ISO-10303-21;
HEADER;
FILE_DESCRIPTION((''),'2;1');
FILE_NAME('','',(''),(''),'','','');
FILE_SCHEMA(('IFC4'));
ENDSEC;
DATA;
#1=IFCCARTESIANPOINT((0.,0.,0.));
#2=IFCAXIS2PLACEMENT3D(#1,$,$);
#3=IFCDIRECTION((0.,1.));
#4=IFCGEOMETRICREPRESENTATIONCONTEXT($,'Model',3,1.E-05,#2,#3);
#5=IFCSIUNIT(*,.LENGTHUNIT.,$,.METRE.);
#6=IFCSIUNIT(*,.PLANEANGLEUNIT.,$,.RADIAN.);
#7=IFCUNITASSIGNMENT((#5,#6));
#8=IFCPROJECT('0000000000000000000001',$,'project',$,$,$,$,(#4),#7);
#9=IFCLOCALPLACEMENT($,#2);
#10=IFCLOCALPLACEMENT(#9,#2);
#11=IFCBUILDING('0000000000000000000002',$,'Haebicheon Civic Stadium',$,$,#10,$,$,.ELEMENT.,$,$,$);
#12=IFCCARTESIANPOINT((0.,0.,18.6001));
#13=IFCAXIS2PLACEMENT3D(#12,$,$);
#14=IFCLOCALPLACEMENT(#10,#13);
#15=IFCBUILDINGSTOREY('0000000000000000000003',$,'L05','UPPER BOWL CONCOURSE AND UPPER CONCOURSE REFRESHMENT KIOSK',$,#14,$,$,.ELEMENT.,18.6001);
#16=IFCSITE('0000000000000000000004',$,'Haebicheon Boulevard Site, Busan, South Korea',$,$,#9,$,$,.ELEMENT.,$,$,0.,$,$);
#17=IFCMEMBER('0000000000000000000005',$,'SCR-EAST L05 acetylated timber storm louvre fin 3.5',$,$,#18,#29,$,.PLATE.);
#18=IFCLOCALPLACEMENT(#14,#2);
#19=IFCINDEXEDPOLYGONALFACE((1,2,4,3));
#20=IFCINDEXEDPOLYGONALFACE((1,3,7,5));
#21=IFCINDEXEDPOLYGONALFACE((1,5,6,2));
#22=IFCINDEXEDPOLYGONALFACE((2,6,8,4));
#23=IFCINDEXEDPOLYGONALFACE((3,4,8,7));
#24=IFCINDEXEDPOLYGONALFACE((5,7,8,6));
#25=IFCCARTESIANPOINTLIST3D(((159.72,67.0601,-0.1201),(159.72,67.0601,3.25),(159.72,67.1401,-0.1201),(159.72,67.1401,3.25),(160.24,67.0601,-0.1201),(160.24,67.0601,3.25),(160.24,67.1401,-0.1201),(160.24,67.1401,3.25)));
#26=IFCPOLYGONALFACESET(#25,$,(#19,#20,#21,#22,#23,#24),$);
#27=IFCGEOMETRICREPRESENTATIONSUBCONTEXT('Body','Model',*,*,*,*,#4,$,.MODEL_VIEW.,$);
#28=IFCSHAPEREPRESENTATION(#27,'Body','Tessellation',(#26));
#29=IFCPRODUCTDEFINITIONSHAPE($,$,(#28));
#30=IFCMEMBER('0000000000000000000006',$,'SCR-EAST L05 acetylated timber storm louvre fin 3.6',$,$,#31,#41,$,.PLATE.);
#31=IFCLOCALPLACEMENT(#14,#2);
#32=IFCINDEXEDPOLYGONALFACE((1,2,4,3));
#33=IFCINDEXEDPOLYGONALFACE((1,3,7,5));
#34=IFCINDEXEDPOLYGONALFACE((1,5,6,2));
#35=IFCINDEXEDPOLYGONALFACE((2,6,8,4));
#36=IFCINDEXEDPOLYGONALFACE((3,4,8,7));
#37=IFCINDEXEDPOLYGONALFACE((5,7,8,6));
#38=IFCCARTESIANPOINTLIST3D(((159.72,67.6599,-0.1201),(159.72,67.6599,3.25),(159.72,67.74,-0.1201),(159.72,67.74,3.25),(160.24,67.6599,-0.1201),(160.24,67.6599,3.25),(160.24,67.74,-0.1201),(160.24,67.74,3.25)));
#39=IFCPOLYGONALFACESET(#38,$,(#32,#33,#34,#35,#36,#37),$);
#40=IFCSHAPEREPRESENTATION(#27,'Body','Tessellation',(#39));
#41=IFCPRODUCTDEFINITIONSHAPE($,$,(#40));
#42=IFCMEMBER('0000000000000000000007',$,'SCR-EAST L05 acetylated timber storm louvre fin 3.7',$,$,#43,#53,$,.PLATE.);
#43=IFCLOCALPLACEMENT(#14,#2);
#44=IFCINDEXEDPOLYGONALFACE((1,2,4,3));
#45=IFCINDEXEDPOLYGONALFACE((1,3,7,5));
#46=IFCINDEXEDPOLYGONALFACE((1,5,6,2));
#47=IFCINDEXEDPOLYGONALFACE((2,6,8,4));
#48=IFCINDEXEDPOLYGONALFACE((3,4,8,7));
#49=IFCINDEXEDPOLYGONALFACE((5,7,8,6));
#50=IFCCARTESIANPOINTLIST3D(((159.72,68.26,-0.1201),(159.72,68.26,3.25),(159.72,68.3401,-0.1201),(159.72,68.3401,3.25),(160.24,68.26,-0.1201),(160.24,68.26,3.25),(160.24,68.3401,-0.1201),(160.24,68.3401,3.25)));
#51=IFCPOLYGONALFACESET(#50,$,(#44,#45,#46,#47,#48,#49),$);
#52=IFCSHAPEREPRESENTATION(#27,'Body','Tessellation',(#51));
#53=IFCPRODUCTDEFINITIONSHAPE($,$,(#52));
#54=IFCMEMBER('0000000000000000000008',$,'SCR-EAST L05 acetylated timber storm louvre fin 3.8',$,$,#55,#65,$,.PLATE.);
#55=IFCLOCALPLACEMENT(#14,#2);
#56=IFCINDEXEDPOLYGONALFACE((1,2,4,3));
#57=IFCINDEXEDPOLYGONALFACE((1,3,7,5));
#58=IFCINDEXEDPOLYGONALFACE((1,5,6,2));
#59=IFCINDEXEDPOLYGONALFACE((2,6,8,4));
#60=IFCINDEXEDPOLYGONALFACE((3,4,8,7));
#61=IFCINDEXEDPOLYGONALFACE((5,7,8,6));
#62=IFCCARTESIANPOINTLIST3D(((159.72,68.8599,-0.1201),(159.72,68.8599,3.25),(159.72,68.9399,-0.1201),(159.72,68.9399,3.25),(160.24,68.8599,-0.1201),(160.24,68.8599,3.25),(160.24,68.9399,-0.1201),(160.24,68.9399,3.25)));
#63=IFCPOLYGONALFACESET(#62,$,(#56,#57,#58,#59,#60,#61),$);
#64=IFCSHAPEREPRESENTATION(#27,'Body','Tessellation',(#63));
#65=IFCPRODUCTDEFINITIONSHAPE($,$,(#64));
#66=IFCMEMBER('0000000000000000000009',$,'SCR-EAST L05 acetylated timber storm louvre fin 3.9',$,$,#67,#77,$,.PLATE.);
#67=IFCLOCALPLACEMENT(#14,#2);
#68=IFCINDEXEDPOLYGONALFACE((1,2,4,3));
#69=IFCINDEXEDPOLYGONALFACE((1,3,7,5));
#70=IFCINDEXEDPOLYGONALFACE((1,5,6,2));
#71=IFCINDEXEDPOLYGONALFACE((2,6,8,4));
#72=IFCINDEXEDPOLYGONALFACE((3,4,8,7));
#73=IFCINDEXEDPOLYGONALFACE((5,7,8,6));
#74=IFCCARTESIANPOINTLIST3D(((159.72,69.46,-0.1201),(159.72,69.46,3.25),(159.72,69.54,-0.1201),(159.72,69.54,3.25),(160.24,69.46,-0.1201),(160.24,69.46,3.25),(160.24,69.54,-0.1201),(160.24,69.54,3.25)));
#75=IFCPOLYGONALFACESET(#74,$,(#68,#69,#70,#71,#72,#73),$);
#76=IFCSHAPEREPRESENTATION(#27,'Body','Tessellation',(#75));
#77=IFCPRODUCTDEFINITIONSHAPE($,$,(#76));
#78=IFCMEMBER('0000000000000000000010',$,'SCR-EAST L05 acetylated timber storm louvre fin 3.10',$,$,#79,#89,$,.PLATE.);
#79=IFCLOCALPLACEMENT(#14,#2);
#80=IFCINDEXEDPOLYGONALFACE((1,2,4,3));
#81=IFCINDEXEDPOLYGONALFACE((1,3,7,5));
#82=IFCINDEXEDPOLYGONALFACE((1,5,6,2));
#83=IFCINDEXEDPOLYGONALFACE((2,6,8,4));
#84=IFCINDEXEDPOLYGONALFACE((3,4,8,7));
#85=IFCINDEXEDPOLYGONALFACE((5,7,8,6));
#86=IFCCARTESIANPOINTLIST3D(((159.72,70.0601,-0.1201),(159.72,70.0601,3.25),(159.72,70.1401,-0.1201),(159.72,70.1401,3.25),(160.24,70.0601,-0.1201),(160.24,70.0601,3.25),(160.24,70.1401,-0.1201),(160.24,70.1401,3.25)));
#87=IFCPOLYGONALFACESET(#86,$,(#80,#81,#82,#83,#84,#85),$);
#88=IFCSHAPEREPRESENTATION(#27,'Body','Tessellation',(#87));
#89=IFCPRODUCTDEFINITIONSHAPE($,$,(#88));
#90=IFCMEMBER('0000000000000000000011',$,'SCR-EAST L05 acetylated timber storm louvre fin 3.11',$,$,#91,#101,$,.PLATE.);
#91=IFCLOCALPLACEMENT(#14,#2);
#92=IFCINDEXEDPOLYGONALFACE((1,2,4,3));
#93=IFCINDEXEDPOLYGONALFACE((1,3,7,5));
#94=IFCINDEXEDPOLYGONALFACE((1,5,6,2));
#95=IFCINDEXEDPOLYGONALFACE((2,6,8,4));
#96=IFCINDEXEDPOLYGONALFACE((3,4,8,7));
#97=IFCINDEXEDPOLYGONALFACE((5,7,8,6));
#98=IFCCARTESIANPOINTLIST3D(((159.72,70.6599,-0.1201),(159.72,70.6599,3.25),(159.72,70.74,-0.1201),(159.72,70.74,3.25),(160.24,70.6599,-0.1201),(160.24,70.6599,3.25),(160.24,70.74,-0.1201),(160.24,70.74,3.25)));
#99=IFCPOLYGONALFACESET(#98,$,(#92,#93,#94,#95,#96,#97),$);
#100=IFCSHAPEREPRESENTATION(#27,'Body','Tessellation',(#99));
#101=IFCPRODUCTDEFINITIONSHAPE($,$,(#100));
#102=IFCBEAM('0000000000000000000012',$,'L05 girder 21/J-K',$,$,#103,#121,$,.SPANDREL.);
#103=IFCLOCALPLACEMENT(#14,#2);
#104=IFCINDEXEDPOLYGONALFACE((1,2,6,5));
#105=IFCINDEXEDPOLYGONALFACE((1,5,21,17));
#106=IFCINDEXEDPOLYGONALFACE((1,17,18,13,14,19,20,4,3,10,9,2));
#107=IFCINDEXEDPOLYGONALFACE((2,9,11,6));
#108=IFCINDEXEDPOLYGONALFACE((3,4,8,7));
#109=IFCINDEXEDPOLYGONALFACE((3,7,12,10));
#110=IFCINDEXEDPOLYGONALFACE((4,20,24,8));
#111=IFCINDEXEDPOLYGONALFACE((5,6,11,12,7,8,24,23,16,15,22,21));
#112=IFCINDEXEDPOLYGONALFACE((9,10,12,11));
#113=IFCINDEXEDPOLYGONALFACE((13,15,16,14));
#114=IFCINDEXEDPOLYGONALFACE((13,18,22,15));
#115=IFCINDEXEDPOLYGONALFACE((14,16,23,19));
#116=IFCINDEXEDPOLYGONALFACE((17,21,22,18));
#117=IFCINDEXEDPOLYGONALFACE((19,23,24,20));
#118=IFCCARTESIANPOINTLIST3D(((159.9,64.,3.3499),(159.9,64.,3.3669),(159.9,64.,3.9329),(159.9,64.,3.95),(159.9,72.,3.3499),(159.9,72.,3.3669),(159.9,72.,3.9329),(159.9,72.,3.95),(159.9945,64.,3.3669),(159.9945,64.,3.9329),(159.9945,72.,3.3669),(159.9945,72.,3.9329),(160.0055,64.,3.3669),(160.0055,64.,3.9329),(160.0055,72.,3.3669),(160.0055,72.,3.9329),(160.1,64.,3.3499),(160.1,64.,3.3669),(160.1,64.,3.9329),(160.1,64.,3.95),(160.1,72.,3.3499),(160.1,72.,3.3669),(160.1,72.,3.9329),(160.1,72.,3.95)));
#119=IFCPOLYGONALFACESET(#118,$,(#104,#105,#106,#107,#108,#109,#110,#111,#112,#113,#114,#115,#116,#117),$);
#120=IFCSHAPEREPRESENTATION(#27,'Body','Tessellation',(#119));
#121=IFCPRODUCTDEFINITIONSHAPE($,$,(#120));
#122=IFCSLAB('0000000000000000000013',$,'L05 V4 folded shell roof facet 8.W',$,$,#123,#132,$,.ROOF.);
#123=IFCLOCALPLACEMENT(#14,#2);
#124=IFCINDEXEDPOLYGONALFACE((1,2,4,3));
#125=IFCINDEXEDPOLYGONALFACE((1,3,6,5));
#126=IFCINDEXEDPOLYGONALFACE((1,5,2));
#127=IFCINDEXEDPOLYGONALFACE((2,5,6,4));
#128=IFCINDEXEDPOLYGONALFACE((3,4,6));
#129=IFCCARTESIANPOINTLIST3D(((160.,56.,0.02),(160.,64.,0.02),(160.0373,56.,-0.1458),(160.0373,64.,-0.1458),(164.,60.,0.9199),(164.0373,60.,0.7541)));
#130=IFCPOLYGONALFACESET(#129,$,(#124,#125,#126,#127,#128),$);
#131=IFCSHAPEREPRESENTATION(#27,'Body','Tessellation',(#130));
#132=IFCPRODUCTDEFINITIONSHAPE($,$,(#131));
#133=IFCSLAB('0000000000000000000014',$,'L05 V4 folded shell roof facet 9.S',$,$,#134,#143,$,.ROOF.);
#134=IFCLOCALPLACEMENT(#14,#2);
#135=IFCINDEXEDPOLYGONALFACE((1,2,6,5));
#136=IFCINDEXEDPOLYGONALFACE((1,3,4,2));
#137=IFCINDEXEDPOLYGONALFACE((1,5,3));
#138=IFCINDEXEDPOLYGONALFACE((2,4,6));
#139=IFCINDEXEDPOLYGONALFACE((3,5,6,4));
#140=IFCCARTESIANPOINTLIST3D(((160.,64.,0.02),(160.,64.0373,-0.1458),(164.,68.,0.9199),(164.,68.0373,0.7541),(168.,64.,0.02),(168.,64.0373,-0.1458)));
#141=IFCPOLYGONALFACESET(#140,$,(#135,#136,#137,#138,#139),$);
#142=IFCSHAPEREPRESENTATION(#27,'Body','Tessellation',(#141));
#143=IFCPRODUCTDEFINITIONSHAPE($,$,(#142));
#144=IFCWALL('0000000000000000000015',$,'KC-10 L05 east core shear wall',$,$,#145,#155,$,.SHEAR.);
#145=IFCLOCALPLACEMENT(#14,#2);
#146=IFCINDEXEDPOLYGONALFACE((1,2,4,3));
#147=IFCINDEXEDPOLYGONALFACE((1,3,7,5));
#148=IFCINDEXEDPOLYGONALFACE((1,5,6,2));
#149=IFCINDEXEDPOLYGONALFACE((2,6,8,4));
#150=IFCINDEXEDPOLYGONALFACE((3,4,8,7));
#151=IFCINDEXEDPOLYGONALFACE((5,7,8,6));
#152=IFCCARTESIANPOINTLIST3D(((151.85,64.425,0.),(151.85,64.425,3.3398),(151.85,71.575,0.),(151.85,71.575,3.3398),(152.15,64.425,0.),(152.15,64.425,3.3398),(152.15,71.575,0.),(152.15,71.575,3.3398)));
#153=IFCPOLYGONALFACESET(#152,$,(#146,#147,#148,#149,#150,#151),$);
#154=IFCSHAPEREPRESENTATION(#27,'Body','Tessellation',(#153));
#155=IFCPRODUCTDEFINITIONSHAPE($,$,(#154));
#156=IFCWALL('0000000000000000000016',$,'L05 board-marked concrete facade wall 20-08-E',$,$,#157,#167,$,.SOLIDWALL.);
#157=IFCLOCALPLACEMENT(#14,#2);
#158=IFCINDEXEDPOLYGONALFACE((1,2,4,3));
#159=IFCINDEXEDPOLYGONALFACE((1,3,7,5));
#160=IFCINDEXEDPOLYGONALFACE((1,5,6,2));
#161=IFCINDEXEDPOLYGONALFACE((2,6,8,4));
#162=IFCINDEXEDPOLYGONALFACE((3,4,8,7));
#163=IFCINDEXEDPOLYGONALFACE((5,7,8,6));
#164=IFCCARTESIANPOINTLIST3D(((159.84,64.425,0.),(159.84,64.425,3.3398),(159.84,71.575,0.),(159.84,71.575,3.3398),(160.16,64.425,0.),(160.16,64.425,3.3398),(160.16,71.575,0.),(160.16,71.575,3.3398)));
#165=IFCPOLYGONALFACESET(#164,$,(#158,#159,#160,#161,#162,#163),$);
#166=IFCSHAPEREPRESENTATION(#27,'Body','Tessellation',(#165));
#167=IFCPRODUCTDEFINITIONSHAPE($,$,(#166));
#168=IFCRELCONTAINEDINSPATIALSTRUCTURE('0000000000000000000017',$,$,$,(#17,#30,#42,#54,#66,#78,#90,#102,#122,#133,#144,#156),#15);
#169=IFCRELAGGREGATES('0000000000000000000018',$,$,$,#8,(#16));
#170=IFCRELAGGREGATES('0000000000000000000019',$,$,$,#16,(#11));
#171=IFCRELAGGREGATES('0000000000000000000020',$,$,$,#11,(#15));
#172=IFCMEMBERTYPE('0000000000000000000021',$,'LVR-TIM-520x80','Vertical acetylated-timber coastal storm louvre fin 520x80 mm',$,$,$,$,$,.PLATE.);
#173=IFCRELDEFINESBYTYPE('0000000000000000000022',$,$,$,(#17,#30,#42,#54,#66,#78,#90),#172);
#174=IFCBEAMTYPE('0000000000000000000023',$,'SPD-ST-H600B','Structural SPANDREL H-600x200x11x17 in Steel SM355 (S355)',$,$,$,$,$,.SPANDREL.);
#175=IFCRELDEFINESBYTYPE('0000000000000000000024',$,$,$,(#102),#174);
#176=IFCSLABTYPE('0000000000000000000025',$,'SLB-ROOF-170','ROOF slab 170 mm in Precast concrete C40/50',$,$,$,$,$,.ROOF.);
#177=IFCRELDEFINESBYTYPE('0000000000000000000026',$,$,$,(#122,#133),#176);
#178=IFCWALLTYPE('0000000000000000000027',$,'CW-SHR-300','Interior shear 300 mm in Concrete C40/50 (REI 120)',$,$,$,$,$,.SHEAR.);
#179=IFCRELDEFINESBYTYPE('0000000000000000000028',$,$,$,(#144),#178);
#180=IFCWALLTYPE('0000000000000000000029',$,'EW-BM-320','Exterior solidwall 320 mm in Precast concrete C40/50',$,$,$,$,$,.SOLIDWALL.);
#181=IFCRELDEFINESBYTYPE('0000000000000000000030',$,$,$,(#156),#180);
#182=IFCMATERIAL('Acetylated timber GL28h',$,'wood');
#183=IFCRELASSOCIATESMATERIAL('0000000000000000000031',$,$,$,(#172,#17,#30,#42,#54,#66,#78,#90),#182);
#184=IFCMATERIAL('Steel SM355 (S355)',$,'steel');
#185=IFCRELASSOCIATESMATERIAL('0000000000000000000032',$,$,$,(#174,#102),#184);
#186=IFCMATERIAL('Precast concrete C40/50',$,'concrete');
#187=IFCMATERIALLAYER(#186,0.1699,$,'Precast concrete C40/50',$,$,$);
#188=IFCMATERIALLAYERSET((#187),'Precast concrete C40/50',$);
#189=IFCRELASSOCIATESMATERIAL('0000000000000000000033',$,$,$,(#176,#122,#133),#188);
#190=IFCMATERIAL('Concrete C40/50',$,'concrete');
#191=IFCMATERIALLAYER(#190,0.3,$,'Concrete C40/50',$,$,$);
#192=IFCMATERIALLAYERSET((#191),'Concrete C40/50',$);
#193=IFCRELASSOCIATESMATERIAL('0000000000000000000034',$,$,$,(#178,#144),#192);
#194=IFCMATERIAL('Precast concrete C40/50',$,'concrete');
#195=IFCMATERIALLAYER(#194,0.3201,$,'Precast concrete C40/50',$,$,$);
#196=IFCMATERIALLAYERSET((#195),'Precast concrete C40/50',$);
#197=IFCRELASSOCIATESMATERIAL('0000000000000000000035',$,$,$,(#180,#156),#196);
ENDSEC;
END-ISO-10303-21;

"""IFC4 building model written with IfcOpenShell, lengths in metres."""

from ifc_helpers import new_model, si_unit, direction, frame, frame_2d, origin, origin_2d, place, context, subcontext, project, spatial, polyline, rectangle, i_section, outline, extrude, material, layer, layer_set, material_profile, profile_set, type_object, element, save


model = new_model("IFC4")

# Units and contexts
model_context = context("Model", 3, precision=1e-05, world=origin(), true_north=direction((0.0, 1.0)))
body_context = subcontext(model_context, "Body", "Model", "MODEL_VIEW")
ifc_project = project(units=[si_unit("LENGTHUNIT", "METRE"), si_unit("PLANEANGLEUNIT", "RADIAN")], contexts=[model_context])

# Site, building, storey
site_placement = place(None, origin())
site = spatial("IfcSite", under=ifc_project, at=site_placement, Name="Haebicheon Boulevard Site, Busan, South Korea", CompositionType="ELEMENT", RefElevation=0.0)
building_placement = place(site_placement, origin())
building = spatial("IfcBuilding", under=site, at=building_placement, Name="Haebicheon Civic Stadium", CompositionType="ELEMENT")
storey_placement = place(building_placement, frame((0.0, 0.0, 18.6001)))
storey = spatial("IfcBuildingStorey", under=building, at=storey_placement, Name="L05", Description="UPPER BOWL CONCOURSE AND UPPER CONCOURSE REFRESHMENT KIOSK", CompositionType="ELEMENT", Elevation=18.6001)

# Members
ifc_material_1 = material(Name="Acetylated timber GL28h", Category="wood")
ifc_material_profile_1 = material_profile(ifc_material_1, rectangle(XDim=0.0801, YDim=0.52, at=origin_2d()), Name="TMB-LOUV-80x520")
ifc_profile_set_1 = profile_set([ifc_material_profile_1], Name="Acetylated timber GL28h")
member_type = type_object("IfcMemberType", Name="LVR-TIM-520x80", Description="Vertical acetylated-timber coastal storm louvre fin 520x80 mm", PredefinedType="PLATE", material=ifc_profile_set_1)
for number, where, z_axis, x_axis, name in (
    (1, (159.98, 67.1001, -0.1201), (0.0, 0.0, 1.0), (0.0, 1.0, 0.0), "SCR-EAST L05 acetylated timber storm louvre fin 3.5"),
    (2, (159.98, 67.7, -0.1201), (0.0, 0.0, 1.0), (0.0, 1.0, 0.0), "SCR-EAST L05 acetylated timber storm louvre fin 3.6"),
    (3, (159.98, 68.3, -0.1201), (0.0, 0.0, 1.0), (0.0, 1.0, 0.0), "SCR-EAST L05 acetylated timber storm louvre fin 3.7"),
    (4, (159.98, 68.8999, -0.1201), (0.0, 0.0, 1.0), (0.0, 1.0, 0.0), "SCR-EAST L05 acetylated timber storm louvre fin 3.8"),
    (5, (159.98, 69.5, -0.1201), (0.0, 0.0, 1.0), (0.0, 1.0, 0.0), "SCR-EAST L05 acetylated timber storm louvre fin 3.9"),
    (6, (159.98, 70.1001, -0.1201), (0.0, 0.0, 1.0), (0.0, 1.0, 0.0), "SCR-EAST L05 acetylated timber storm louvre fin 3.10"),
    (7, (159.98, 70.7, -0.1201), (0.0, 0.0, 1.0), (0.0, 1.0, 0.0), "SCR-EAST L05 acetylated timber storm louvre fin 3.11"),
):
    element("IfcMember", number, at=place(storey_placement, frame(where, z_axis=z_axis, x_axis=x_axis)), inside=storey, type_object=member_type, material=ifc_profile_set_1, Name=name, PredefinedType="PLATE", context=body_context, shape_type="SweptSolid", body=[
        extrude(rectangle(XDim=0.0801, YDim=0.52, at=origin_2d()), origin(), (0.0, 0.0, 1.0), 3.3701),
    ])

# Beam
ifc_material_2 = material(Name="Steel SM355 (S355)", Category="steel")
ifc_material_profile_2 = material_profile(ifc_material_2, i_section(OverallWidth=0.2, OverallDepth=0.6001, WebThickness=0.011, FlangeThickness=0.0171, at=origin_2d()), Name="H-600x200x11x17")
ifc_profile_set_2 = profile_set([ifc_material_profile_2], Name="Steel SM355 (S355)")
beam_type_1 = type_object("IfcBeamType", Name="SPD-ST-H600B", Description="Structural SPANDREL H-600x200x11x17 in Steel SM355 (S355)", PredefinedType="SPANDREL", material=ifc_profile_set_2)
beam_1_placement = place(storey_placement, frame((160.0, 64.0, 3.6499), z_axis=(0.0, 1.0, 0.0), x_axis=(-1.0, 0.0, 0.0)))
element("IfcBeam", 8, at=beam_1_placement, inside=storey, type_object=beam_type_1, material=ifc_profile_set_2, Name="L05 girder 21/J-K", PredefinedType="SPANDREL", context=body_context, shape_type="SweptSolid", body=[
    extrude(i_section(OverallWidth=0.2, OverallDepth=0.6001, WebThickness=0.011, FlangeThickness=0.0171, at=origin_2d()), origin(), (0.0, 0.0, 1.0), 8.0),
])

# Slabs
ifc_material_3 = material(Name="Precast concrete C40/50", Category="concrete")
ifc_layer_1 = layer(ifc_material_3, 0.1699, Name="Precast concrete C40/50")
ifc_layer_set_1 = layer_set([ifc_layer_1], Name="Precast concrete C40/50")
slab_type = type_object("IfcSlabType", Name="SLB-ROOF-170", Description="ROOF slab 170 mm in Precast concrete C40/50", PredefinedType="ROOF", material=ifc_layer_set_1)
for number, where, z_axis, x_axis, name in (
    (9, (160.0, 64.0, 0.02), (-0.21949, 0.0, 0.975615), (0.0, -1.0, 0.0), "L05 V4 folded shell roof facet 8.W"),
    (10, (160.0, 64.0, 0.02), (0.0, -0.21949, 0.975615), (1.0, 0.0, 0.0), "L05 V4 folded shell roof facet 9.S"),
):
    element("IfcSlab", number, at=place(storey_placement, frame(where, z_axis=z_axis, x_axis=x_axis)), inside=storey, type_object=slab_type, material=ifc_layer_set_1, Name=name, PredefinedType="ROOF", context=body_context, shape_type="SweptSolid", body=[
        extrude(outline(polyline([(0.0, 0.0), (8.0, 0.0), (4.0, 4.1), (0.0, 0.0)])), origin(), (0.0, 0.0, -1.0), 0.1699),
    ])

# Wall
ifc_material_4 = material(Name="Concrete C40/50", Category="concrete")
ifc_layer_2 = layer(ifc_material_4, 0.3, Name="Concrete C40/50")
ifc_layer_set_2 = layer_set([ifc_layer_2], Name="Concrete C40/50")
wall_type_1 = type_object("IfcWallType", Name="CW-SHR-300", Description="Interior shear 300 mm in Concrete C40/50 (REI 120)", PredefinedType="SHEAR", material=ifc_layer_set_2)
wall_1_placement = place(storey_placement, frame((152.0, 64.425, 0.0), z_axis=(0.0, 0.0, 1.0), x_axis=(0.0, 1.0, 0.0)))
element("IfcWall", 11, at=wall_1_placement, inside=storey, type_object=wall_type_1, material=ifc_layer_set_2, Name="KC-10 L05 east core shear wall", PredefinedType="SHEAR", context=body_context, shape_type="SweptSolid", body=[
    extrude(rectangle(XDim=7.1499, YDim=0.3, at=frame_2d((3.575, 0.0))), origin(), (0.0, 0.0, 1.0), 3.3398),
])

# Wall
ifc_material_5 = material(Name="Precast concrete C40/50", Category="concrete")
ifc_layer_3 = layer(ifc_material_5, 0.3201, Name="Precast concrete C40/50")
ifc_layer_set_3 = layer_set([ifc_layer_3], Name="Precast concrete C40/50")
wall_type_2 = type_object("IfcWallType", Name="EW-BM-320", Description="Exterior solidwall 320 mm in Precast concrete C40/50", PredefinedType="SOLIDWALL", material=ifc_layer_set_3)
wall_2_placement = place(storey_placement, frame((160.0, 64.425, 0.0), z_axis=(0.0, 0.0, 1.0), x_axis=(0.0, 1.0, 0.0)))
element("IfcWall", 12, at=wall_2_placement, inside=storey, type_object=wall_type_2, material=ifc_layer_set_3, Name="L05 board-marked concrete facade wall 20-08-E", PredefinedType="SOLIDWALL", context=body_context, shape_type="SweptSolid", body=[
    extrude(rectangle(XDim=7.1499, YDim=0.3201, at=frame_2d((3.575, 0.0))), origin(), (0.0, 0.0, 1.0), 3.3398),
])

save(model, "model.ifc")
